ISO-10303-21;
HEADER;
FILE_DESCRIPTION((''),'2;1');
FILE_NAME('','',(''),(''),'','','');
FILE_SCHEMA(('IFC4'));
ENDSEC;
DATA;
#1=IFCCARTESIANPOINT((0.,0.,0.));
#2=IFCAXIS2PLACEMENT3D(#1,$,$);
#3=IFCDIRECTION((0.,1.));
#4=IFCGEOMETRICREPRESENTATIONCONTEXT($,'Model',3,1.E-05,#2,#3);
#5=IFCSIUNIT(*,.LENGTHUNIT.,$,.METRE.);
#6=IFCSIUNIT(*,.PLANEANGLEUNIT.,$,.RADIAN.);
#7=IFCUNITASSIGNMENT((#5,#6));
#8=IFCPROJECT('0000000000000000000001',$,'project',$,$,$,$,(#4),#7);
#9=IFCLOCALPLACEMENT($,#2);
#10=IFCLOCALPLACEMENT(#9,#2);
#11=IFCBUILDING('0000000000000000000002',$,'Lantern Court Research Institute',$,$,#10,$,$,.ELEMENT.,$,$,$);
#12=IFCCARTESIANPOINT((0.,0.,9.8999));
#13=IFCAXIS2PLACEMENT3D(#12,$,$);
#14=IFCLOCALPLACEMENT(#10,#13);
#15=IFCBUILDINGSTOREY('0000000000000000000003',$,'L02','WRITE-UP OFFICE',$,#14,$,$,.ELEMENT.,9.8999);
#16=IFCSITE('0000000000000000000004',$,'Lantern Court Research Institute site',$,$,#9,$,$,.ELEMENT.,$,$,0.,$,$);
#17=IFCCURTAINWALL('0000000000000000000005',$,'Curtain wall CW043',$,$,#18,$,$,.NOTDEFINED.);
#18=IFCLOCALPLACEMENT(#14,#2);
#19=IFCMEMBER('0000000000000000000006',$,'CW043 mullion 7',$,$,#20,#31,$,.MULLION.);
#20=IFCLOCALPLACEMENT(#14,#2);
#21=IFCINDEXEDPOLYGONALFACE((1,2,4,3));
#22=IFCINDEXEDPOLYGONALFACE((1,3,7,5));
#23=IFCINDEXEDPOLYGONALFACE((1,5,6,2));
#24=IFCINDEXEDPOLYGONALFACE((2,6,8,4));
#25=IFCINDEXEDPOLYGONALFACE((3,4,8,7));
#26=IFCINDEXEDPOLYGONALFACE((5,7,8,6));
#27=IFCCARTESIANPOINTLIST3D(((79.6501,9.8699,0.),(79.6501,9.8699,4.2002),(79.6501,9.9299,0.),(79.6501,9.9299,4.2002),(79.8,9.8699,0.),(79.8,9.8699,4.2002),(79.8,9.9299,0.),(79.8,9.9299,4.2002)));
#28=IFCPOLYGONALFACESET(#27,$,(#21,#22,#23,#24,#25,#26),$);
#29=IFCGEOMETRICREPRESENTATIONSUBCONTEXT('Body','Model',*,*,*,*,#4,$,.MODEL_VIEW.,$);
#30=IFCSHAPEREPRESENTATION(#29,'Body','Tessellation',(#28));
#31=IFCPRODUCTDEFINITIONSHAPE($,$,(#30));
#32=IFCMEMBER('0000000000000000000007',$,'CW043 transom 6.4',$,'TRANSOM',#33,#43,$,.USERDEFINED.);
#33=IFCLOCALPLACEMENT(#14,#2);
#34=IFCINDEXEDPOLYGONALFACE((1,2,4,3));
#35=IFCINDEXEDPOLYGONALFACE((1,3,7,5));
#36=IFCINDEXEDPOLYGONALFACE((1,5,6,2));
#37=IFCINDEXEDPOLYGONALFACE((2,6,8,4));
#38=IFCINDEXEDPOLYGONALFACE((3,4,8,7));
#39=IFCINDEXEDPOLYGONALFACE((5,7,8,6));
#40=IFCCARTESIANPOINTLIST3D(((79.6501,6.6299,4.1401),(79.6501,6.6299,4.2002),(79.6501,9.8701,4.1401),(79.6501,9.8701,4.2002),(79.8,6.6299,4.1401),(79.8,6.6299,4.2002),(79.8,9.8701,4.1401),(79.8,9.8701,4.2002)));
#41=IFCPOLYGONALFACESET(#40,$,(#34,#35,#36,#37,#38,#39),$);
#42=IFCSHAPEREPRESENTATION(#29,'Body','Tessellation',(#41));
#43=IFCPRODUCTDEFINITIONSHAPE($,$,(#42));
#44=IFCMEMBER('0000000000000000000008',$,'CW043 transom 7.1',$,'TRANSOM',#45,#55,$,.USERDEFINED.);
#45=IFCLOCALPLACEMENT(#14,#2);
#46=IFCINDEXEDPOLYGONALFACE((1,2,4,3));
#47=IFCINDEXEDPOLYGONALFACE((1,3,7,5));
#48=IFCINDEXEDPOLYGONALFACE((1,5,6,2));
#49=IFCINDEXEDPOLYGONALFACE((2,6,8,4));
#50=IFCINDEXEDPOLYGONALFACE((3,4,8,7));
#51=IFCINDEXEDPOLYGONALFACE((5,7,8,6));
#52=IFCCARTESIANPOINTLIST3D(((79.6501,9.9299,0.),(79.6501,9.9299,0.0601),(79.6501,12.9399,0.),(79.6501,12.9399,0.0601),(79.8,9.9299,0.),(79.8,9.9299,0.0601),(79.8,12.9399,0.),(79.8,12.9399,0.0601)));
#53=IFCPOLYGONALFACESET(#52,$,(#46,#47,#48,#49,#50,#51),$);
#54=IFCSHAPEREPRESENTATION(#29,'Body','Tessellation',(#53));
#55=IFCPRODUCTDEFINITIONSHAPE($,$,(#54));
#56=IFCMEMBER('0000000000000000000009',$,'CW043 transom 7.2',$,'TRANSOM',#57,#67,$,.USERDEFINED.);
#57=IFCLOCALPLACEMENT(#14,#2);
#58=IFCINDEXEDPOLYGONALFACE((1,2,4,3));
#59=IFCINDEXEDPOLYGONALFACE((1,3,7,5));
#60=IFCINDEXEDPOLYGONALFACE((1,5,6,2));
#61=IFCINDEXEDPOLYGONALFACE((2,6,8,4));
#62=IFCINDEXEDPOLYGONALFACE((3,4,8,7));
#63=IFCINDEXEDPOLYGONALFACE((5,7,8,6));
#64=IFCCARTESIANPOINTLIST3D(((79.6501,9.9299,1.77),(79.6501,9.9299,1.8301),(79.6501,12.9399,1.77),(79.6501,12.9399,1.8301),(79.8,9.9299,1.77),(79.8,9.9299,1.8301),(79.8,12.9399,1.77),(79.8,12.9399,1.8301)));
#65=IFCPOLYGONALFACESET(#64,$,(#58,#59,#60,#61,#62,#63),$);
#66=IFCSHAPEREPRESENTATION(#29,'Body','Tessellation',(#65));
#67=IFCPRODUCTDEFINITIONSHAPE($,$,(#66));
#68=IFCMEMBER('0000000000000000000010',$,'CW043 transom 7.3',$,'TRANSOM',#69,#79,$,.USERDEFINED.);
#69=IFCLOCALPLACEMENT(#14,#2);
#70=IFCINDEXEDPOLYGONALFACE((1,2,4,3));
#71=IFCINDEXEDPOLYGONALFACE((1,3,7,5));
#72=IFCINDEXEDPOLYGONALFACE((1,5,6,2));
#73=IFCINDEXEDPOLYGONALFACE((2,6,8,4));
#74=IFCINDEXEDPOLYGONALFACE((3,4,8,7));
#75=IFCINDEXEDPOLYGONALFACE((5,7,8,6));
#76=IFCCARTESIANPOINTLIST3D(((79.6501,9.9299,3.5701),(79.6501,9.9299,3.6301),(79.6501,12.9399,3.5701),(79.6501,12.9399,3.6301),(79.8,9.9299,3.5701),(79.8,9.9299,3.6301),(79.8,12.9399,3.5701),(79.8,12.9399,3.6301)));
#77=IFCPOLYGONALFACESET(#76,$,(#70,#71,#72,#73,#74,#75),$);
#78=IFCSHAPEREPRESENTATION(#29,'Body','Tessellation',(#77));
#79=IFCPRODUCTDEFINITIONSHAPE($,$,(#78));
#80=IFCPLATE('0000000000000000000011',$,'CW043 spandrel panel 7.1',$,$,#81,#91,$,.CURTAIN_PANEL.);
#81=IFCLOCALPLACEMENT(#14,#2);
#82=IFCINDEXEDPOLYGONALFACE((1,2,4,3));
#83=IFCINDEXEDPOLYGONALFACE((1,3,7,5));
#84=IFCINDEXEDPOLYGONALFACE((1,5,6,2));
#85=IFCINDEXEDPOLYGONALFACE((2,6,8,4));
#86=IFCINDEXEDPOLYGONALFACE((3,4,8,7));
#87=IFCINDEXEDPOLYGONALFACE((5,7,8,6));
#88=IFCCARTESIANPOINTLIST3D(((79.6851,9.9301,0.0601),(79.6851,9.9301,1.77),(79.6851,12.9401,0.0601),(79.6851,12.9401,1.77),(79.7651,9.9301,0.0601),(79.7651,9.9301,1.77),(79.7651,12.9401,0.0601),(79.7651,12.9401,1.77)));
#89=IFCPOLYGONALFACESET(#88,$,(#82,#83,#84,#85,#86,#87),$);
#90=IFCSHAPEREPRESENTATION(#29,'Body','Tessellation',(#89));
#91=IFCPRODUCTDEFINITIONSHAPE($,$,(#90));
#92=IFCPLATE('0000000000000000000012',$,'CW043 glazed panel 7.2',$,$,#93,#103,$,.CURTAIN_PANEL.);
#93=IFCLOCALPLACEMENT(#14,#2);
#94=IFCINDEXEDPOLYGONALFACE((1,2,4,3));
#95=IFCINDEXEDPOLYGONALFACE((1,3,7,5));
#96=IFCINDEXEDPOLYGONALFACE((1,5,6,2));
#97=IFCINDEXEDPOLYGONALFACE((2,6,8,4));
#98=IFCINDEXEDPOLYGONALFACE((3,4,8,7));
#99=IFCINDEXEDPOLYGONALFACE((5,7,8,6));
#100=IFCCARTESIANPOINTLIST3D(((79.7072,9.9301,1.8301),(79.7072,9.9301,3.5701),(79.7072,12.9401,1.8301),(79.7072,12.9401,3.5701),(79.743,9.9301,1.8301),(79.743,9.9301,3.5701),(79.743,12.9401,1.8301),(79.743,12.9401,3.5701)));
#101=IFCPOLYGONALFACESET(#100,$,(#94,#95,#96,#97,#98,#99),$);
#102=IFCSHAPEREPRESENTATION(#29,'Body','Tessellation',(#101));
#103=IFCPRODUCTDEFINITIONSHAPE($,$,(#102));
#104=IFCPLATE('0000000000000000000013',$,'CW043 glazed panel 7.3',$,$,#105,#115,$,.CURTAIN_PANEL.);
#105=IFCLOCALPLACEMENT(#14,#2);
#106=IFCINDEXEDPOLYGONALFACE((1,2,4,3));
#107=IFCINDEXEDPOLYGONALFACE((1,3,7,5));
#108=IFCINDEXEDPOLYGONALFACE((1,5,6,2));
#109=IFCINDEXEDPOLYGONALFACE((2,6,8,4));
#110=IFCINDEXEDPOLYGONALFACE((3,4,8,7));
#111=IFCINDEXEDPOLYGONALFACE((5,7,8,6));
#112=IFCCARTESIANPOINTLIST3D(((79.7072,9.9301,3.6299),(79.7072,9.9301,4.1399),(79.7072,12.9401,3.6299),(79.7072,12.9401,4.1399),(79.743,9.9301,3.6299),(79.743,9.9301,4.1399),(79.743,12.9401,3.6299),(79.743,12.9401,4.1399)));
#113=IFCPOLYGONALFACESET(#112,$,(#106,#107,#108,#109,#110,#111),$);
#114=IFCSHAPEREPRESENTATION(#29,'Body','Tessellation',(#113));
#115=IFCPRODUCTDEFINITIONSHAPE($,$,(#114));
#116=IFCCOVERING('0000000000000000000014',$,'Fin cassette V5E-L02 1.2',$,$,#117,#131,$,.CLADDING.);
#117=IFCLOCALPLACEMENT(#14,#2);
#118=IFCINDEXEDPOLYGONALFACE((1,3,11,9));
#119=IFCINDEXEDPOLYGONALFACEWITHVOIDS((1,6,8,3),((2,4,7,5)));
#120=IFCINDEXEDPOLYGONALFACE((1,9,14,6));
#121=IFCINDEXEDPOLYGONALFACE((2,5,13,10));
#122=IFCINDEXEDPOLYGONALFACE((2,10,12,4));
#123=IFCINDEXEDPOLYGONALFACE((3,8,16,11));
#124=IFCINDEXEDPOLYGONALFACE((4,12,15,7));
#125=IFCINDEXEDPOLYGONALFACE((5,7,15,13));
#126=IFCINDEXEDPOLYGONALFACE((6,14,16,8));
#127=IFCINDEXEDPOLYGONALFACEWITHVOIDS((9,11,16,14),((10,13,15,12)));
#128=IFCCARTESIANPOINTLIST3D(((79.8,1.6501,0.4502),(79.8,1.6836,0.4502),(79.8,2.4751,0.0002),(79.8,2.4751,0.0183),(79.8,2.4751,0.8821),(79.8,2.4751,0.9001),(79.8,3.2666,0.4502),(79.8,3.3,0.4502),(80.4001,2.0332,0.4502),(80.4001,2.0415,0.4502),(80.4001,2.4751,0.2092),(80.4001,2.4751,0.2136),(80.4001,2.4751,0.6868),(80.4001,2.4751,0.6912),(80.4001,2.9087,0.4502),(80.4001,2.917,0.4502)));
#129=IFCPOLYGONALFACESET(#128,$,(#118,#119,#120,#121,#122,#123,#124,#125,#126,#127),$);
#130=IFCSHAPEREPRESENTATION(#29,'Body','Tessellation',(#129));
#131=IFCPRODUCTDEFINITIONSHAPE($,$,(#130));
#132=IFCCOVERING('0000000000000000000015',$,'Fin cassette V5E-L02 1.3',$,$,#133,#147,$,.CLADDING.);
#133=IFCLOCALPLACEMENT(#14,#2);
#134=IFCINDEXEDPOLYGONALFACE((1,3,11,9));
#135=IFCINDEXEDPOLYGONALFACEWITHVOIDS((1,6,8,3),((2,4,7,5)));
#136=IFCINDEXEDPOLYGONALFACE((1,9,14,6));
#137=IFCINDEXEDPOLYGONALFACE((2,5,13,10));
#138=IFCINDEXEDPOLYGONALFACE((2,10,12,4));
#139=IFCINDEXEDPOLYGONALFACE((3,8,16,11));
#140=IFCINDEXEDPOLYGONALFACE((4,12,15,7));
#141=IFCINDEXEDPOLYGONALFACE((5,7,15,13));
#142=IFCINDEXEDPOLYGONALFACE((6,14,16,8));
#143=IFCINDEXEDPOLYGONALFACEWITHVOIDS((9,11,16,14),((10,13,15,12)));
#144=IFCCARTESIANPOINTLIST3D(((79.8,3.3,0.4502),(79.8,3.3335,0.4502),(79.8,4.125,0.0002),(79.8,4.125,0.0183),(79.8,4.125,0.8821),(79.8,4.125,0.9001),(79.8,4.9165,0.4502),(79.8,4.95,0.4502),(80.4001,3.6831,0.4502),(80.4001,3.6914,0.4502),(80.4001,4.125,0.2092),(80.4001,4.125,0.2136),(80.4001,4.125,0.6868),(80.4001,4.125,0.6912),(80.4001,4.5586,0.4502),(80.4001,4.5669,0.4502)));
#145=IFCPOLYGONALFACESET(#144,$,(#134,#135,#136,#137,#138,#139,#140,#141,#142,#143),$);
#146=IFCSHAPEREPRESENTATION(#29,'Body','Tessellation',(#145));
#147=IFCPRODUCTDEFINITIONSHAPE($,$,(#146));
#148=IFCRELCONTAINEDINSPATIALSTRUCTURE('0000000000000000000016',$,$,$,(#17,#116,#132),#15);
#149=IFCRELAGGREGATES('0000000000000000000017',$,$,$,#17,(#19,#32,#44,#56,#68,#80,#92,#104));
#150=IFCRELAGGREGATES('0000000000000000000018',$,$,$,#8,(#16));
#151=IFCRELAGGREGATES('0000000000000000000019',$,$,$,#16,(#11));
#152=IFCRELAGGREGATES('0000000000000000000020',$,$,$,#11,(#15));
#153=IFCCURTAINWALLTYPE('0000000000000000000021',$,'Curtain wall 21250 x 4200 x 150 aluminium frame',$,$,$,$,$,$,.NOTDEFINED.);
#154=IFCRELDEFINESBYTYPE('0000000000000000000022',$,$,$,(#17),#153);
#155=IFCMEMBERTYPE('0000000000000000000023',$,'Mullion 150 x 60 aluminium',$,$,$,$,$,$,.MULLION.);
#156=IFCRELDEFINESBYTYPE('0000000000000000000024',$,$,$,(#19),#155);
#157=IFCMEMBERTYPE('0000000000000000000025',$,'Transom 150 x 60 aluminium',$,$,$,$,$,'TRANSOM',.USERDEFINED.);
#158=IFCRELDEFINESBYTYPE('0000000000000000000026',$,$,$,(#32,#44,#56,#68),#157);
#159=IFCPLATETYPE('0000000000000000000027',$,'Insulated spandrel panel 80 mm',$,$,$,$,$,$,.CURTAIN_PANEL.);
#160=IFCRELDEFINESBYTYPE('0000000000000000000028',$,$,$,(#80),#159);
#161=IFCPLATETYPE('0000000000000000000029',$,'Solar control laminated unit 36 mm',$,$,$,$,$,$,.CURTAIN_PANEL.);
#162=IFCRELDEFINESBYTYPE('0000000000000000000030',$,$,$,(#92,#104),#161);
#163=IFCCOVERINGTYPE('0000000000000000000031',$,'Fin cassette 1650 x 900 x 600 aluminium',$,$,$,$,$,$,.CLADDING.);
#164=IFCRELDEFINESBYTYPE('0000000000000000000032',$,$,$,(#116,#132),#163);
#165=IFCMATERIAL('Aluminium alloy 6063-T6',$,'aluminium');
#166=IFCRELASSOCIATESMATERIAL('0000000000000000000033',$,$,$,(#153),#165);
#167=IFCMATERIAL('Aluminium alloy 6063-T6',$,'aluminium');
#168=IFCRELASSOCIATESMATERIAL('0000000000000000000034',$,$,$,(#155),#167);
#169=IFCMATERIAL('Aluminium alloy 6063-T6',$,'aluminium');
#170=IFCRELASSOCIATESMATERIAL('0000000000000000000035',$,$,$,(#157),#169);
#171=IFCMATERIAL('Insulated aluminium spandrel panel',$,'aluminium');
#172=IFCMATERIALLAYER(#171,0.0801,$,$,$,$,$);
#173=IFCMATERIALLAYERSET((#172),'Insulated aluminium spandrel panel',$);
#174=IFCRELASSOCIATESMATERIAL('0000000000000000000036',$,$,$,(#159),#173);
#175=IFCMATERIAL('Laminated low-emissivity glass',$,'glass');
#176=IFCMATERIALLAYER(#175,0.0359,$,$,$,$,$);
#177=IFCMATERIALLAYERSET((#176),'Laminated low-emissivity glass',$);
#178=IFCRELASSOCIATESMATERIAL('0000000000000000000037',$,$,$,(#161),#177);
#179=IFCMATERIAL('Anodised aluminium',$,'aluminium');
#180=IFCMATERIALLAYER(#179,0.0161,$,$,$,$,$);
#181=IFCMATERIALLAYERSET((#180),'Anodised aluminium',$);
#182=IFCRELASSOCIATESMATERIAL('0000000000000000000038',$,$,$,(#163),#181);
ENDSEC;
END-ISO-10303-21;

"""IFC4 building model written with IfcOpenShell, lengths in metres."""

from ifc_helpers import new_model, entity, si_unit, direction, frame, origin, origin_2d, place, context, subcontext, project, spatial, rectangle, extrude, material, layer, layer_set, material_profile, profile_set, type_object, element, aggregate, save


model = new_model("IFC4")

# Units and contexts
model_context = context("Model", 3, precision=1e-05, world=origin(), true_north=direction((0.0, 1.0)))
body_context = subcontext(model_context, "Body", "Model", "MODEL_VIEW")
ifc_project = project(units=[si_unit("LENGTHUNIT", "METRE"), si_unit("PLANEANGLEUNIT", "RADIAN")], contexts=[model_context])

# Site, building, storey
site_placement = place(None, origin())
site = spatial("IfcSite", under=ifc_project, at=site_placement, Name="Lantern Court Research Institute site", CompositionType="ELEMENT", RefElevation=0.0)
building_placement = place(site_placement, origin())
building = spatial("IfcBuilding", under=site, at=building_placement, Name="Lantern Court Research Institute", CompositionType="ELEMENT")
storey_placement = place(building_placement, frame((0.0, 0.0, 9.8999)))
storey = spatial("IfcBuildingStorey", under=building, at=storey_placement, Name="L02", Description="WRITE-UP OFFICE", CompositionType="ELEMENT", Elevation=9.8999)

# Curtain wall, members, plates
ifc_material_1 = material(Name="Aluminium alloy 6063-T6", Category="aluminium")
curtain_wall_type = type_object("IfcCurtainWallType", Name="Curtain wall 21250 x 4200 x 150 aluminium frame", PredefinedType="NOTDEFINED", material=ifc_material_1)
curtain_wall_placement = place(storey_placement, origin())
curtain_wall = element("IfcCurtainWall", 1, at=curtain_wall_placement, inside=storey, type_object=curtain_wall_type, Name="Curtain wall CW043", PredefinedType="NOTDEFINED")
ifc_material_2 = material(Name="Aluminium alloy 6063-T6", Category="aluminium")
ifc_material_profile_1 = material_profile(ifc_material_2, rectangle(XDim=0.1499, YDim=0.0601, at=origin_2d()), Name="Mullion 150 x 60")
ifc_profile_set_1 = profile_set([ifc_material_profile_1], Name="Aluminium alloy 6063-T6")
member_type_1 = type_object("IfcMemberType", Name="Mullion 150 x 60 aluminium", PredefinedType="MULLION", material=ifc_profile_set_1)
member_1_placement = place(storey_placement, frame((79.7251, 9.8999, 0.0), z_axis=(0.0, 0.0, 1.0), x_axis=(1.0, 0.0, 0.0)))
member_1 = element("IfcMember", 2, at=member_1_placement, type_object=member_type_1, Name="CW043 mullion 7", PredefinedType="MULLION", context=body_context, shape_type="SweptSolid", body=[
    extrude(rectangle(XDim=0.1499, YDim=0.0601, at=origin_2d()), origin(), (0.0, 0.0, 1.0), 4.2002),
])
ifc_material_3 = material(Name="Aluminium alloy 6063-T6", Category="aluminium")
ifc_material_profile_2 = material_profile(ifc_material_3, rectangle(XDim=0.1499, YDim=0.0601, at=origin_2d()), Name="Transom 150 x 60")
ifc_profile_set_2 = profile_set([ifc_material_profile_2], Name="Aluminium alloy 6063-T6")
member_type_2 = type_object("IfcMemberType", Name="Transom 150 x 60 aluminium", ElementType="TRANSOM", PredefinedType="USERDEFINED", material=ifc_profile_set_2)
member_2_placement = place(storey_placement, frame((79.7251, 9.8701, 4.1702), z_axis=(0.0, -1.0, 0.0), x_axis=(1.0, 0.0, 0.0)))
member_2 = element("IfcMember", 3, at=member_2_placement, type_object=member_type_2, Name="CW043 transom 6.4", ObjectType="TRANSOM", PredefinedType="USERDEFINED", context=body_context, shape_type="SweptSolid", body=[
    extrude(rectangle(XDim=0.1499, YDim=0.0601, at=origin_2d()), origin(), (0.0, 0.0, 1.0), 3.2402),
])
member_3_placement = place(storey_placement, frame((79.7251, 12.9399, 0.03), z_axis=(0.0, -1.0, 0.0), x_axis=(1.0, 0.0, 0.0)))
member_3 = element("IfcMember", 4, at=member_3_placement, type_object=member_type_2, Name="CW043 transom 7.1", ObjectType="TRANSOM", PredefinedType="USERDEFINED", context=body_context, shape_type="SweptSolid", body=[
    extrude(rectangle(XDim=0.1499, YDim=0.0601, at=origin_2d()), origin(), (0.0, 0.0, 1.0), 3.01),
])
member_4_placement = place(storey_placement, frame((79.7251, 12.9399, 1.8), z_axis=(0.0, -1.0, 0.0), x_axis=(1.0, 0.0, 0.0)))
member_4 = element("IfcMember", 5, at=member_4_placement, type_object=member_type_2, Name="CW043 transom 7.2", ObjectType="TRANSOM", PredefinedType="USERDEFINED", context=body_context, shape_type="SweptSolid", body=[
    extrude(rectangle(XDim=0.1499, YDim=0.0601, at=origin_2d()), origin(), (0.0, 0.0, 1.0), 3.01),
])
member_5_placement = place(storey_placement, frame((79.7251, 12.9399, 3.6001), z_axis=(0.0, -1.0, 0.0), x_axis=(1.0, 0.0, 0.0)))
member_5 = element("IfcMember", 6, at=member_5_placement, type_object=member_type_2, Name="CW043 transom 7.3", ObjectType="TRANSOM", PredefinedType="USERDEFINED", context=body_context, shape_type="SweptSolid", body=[
    extrude(rectangle(XDim=0.1499, YDim=0.0601, at=origin_2d()), origin(), (0.0, 0.0, 1.0), 3.01),
])
ifc_material_4 = material(Name="Insulated aluminium spandrel panel", Category="aluminium")
ifc_layer_1 = layer(ifc_material_4, 0.0801)
ifc_layer_set_1 = layer_set([ifc_layer_1], Name="Insulated aluminium spandrel panel")
plate_type_1 = type_object("IfcPlateType", Name="Insulated spandrel panel 80 mm", PredefinedType="CURTAIN_PANEL", material=ifc_layer_set_1)
plate_1_placement = place(storey_placement, frame((79.7251, 11.4351, 0.0601), z_axis=(0.0, 0.0, 1.0), x_axis=(0.0, -1.0, 0.0)))
plate_1 = element("IfcPlate", 7, at=plate_1_placement, type_object=plate_type_1, Name="CW043 spandrel panel 7.1", PredefinedType="CURTAIN_PANEL", context=body_context, shape_type="SweptSolid", body=[
    extrude(rectangle(XDim=3.01, YDim=0.0801, at=origin_2d()), origin(), (0.0, 0.0, 1.0), 1.71),
])
ifc_material_5 = material(Name="Laminated low-emissivity glass", Category="glass")
ifc_layer_2 = layer(ifc_material_5, 0.0359)
ifc_layer_set_2 = layer_set([ifc_layer_2], Name="Laminated low-emissivity glass")
plate_type_2 = type_object("IfcPlateType", Name="Solar control laminated unit 36 mm", PredefinedType="CURTAIN_PANEL", material=ifc_layer_set_2)
plate_2_placement = place(storey_placement, frame((79.7251, 11.4351, 1.8301), z_axis=(0.0, 0.0, 1.0), x_axis=(0.0, -1.0, 0.0)))
plate_2 = element("IfcPlate", 8, at=plate_2_placement, type_object=plate_type_2, Name="CW043 glazed panel 7.2", PredefinedType="CURTAIN_PANEL", context=body_context, shape_type="SweptSolid", body=[
    extrude(rectangle(XDim=3.01, YDim=0.0359, at=origin_2d()), origin(), (0.0, 0.0, 1.0), 1.74),
])
plate_3_placement = place(storey_placement, frame((79.7251, 11.4351, 3.6299), z_axis=(0.0, 0.0, 1.0), x_axis=(0.0, -1.0, 0.0)))
plate_3 = element("IfcPlate", 9, at=plate_3_placement, type_object=plate_type_2, Name="CW043 glazed panel 7.3", PredefinedType="CURTAIN_PANEL", context=body_context, shape_type="SweptSolid", body=[
    extrude(rectangle(XDim=3.01, YDim=0.0359, at=origin_2d()), origin(), (0.0, 0.0, 1.0), 0.51),
])
aggregate(curtain_wall, [member_1, member_2, member_3, member_4, member_5, plate_1, plate_2, plate_3])

# Coverings
ifc_material_6 = material(Name="Anodised aluminium", Category="aluminium")
ifc_layer_3 = layer(ifc_material_6, 0.0161)
ifc_layer_set_3 = layer_set([ifc_layer_3], Name="Anodised aluminium")
covering_type = type_object("IfcCoveringType", Name="Fin cassette 1650 x 900 x 600 aluminium", PredefinedType="CLADDING", material=ifc_layer_set_3)
covering_1_placement = place(storey_placement, frame((79.8, 2.4751, 0.4502), z_axis=(1.0, 0.0, 0.0), x_axis=(0.0, 1.0, 0.0)))
cartesian_point_1 = entity("IfcCartesianPoint", [0.825, 0.0])
cartesian_point_2 = entity("IfcCartesianPoint", [0.7915, 0.0])
cartesian_point_3 = entity("IfcCartesianPoint", [0.4419, 0.0])
cartesian_point_4 = entity("IfcCartesianPoint", [0.4336, 0.0])
element("IfcCovering", 10, at=covering_1_placement, inside=storey, type_object=covering_type, Name="Fin cassette V5E-L02 1.2", PredefinedType="CLADDING", context=body_context, shape_type="SweptSolid", body=[
    entity("IfcExtrudedAreaSolidTapered", entity("IfcArbitraryProfileDefWithVoids", "AREA", None, entity("IfcPolyline", [cartesian_point_1, entity("IfcCartesianPoint", [0.0, 0.45]), entity("IfcCartesianPoint", [-0.825, 0.0]), entity("IfcCartesianPoint", [0.0, -0.45]), cartesian_point_1]), [entity("IfcPolyline", [cartesian_point_2, entity("IfcCartesianPoint", [0.0, 0.4319]), entity("IfcCartesianPoint", [-0.7915, 0.0]), entity("IfcCartesianPoint", [0.0, -0.4319]), cartesian_point_2])]), entity("IfcAxis2Placement3D", entity("IfcCartesianPoint", [0.0, 0.0, 0.0])), entity("IfcDirection", [0.0, 0.0, 1.0]), 0.6001, entity("IfcArbitraryProfileDefWithVoids", "AREA", None, entity("IfcPolyline", [cartesian_point_3, entity("IfcCartesianPoint", [0.0, 0.241]), entity("IfcCartesianPoint", [-0.4419, 0.0]), entity("IfcCartesianPoint", [0.0, -0.241]), cartesian_point_3]), [entity("IfcPolyline", [cartesian_point_4, entity("IfcCartesianPoint", [0.0, 0.2366]), entity("IfcCartesianPoint", [-0.4336, 0.0]), entity("IfcCartesianPoint", [0.0, -0.2366]), cartesian_point_4])])),
])
covering_2_placement = place(storey_placement, frame((79.8, 4.125, 0.4502), z_axis=(1.0, 0.0, 0.0), x_axis=(0.0, 1.0, 0.0)))
cartesian_point_5 = entity("IfcCartesianPoint", [0.825, 0.0])
cartesian_point_6 = entity("IfcCartesianPoint", [0.7915, 0.0])
cartesian_point_7 = entity("IfcCartesianPoint", [0.4419, 0.0])
cartesian_point_8 = entity("IfcCartesianPoint", [0.4336, 0.0])
element("IfcCovering", 11, at=covering_2_placement, inside=storey, type_object=covering_type, Name="Fin cassette V5E-L02 1.3", PredefinedType="CLADDING", context=body_context, shape_type="SweptSolid", body=[
    entity("IfcExtrudedAreaSolidTapered", entity("IfcArbitraryProfileDefWithVoids", "AREA", None, entity("IfcPolyline", [cartesian_point_5, entity("IfcCartesianPoint", [0.0, 0.45]), entity("IfcCartesianPoint", [-0.825, 0.0]), entity("IfcCartesianPoint", [0.0, -0.45]), cartesian_point_5]), [entity("IfcPolyline", [cartesian_point_6, entity("IfcCartesianPoint", [0.0, 0.4319]), entity("IfcCartesianPoint", [-0.7915, 0.0]), entity("IfcCartesianPoint", [0.0, -0.4319]), cartesian_point_6])]), entity("IfcAxis2Placement3D", entity("IfcCartesianPoint", [0.0, 0.0, 0.0])), entity("IfcDirection", [0.0, 0.0, 1.0]), 0.6001, entity("IfcArbitraryProfileDefWithVoids", "AREA", None, entity("IfcPolyline", [cartesian_point_7, entity("IfcCartesianPoint", [0.0, 0.241]), entity("IfcCartesianPoint", [-0.4419, 0.0]), entity("IfcCartesianPoint", [0.0, -0.241]), cartesian_point_7]), [entity("IfcPolyline", [cartesian_point_8, entity("IfcCartesianPoint", [0.0, 0.2366]), entity("IfcCartesianPoint", [-0.4336, 0.0]), entity("IfcCartesianPoint", [0.0, -0.2366]), cartesian_point_8])])),
])

save(model, "model.ifc")
